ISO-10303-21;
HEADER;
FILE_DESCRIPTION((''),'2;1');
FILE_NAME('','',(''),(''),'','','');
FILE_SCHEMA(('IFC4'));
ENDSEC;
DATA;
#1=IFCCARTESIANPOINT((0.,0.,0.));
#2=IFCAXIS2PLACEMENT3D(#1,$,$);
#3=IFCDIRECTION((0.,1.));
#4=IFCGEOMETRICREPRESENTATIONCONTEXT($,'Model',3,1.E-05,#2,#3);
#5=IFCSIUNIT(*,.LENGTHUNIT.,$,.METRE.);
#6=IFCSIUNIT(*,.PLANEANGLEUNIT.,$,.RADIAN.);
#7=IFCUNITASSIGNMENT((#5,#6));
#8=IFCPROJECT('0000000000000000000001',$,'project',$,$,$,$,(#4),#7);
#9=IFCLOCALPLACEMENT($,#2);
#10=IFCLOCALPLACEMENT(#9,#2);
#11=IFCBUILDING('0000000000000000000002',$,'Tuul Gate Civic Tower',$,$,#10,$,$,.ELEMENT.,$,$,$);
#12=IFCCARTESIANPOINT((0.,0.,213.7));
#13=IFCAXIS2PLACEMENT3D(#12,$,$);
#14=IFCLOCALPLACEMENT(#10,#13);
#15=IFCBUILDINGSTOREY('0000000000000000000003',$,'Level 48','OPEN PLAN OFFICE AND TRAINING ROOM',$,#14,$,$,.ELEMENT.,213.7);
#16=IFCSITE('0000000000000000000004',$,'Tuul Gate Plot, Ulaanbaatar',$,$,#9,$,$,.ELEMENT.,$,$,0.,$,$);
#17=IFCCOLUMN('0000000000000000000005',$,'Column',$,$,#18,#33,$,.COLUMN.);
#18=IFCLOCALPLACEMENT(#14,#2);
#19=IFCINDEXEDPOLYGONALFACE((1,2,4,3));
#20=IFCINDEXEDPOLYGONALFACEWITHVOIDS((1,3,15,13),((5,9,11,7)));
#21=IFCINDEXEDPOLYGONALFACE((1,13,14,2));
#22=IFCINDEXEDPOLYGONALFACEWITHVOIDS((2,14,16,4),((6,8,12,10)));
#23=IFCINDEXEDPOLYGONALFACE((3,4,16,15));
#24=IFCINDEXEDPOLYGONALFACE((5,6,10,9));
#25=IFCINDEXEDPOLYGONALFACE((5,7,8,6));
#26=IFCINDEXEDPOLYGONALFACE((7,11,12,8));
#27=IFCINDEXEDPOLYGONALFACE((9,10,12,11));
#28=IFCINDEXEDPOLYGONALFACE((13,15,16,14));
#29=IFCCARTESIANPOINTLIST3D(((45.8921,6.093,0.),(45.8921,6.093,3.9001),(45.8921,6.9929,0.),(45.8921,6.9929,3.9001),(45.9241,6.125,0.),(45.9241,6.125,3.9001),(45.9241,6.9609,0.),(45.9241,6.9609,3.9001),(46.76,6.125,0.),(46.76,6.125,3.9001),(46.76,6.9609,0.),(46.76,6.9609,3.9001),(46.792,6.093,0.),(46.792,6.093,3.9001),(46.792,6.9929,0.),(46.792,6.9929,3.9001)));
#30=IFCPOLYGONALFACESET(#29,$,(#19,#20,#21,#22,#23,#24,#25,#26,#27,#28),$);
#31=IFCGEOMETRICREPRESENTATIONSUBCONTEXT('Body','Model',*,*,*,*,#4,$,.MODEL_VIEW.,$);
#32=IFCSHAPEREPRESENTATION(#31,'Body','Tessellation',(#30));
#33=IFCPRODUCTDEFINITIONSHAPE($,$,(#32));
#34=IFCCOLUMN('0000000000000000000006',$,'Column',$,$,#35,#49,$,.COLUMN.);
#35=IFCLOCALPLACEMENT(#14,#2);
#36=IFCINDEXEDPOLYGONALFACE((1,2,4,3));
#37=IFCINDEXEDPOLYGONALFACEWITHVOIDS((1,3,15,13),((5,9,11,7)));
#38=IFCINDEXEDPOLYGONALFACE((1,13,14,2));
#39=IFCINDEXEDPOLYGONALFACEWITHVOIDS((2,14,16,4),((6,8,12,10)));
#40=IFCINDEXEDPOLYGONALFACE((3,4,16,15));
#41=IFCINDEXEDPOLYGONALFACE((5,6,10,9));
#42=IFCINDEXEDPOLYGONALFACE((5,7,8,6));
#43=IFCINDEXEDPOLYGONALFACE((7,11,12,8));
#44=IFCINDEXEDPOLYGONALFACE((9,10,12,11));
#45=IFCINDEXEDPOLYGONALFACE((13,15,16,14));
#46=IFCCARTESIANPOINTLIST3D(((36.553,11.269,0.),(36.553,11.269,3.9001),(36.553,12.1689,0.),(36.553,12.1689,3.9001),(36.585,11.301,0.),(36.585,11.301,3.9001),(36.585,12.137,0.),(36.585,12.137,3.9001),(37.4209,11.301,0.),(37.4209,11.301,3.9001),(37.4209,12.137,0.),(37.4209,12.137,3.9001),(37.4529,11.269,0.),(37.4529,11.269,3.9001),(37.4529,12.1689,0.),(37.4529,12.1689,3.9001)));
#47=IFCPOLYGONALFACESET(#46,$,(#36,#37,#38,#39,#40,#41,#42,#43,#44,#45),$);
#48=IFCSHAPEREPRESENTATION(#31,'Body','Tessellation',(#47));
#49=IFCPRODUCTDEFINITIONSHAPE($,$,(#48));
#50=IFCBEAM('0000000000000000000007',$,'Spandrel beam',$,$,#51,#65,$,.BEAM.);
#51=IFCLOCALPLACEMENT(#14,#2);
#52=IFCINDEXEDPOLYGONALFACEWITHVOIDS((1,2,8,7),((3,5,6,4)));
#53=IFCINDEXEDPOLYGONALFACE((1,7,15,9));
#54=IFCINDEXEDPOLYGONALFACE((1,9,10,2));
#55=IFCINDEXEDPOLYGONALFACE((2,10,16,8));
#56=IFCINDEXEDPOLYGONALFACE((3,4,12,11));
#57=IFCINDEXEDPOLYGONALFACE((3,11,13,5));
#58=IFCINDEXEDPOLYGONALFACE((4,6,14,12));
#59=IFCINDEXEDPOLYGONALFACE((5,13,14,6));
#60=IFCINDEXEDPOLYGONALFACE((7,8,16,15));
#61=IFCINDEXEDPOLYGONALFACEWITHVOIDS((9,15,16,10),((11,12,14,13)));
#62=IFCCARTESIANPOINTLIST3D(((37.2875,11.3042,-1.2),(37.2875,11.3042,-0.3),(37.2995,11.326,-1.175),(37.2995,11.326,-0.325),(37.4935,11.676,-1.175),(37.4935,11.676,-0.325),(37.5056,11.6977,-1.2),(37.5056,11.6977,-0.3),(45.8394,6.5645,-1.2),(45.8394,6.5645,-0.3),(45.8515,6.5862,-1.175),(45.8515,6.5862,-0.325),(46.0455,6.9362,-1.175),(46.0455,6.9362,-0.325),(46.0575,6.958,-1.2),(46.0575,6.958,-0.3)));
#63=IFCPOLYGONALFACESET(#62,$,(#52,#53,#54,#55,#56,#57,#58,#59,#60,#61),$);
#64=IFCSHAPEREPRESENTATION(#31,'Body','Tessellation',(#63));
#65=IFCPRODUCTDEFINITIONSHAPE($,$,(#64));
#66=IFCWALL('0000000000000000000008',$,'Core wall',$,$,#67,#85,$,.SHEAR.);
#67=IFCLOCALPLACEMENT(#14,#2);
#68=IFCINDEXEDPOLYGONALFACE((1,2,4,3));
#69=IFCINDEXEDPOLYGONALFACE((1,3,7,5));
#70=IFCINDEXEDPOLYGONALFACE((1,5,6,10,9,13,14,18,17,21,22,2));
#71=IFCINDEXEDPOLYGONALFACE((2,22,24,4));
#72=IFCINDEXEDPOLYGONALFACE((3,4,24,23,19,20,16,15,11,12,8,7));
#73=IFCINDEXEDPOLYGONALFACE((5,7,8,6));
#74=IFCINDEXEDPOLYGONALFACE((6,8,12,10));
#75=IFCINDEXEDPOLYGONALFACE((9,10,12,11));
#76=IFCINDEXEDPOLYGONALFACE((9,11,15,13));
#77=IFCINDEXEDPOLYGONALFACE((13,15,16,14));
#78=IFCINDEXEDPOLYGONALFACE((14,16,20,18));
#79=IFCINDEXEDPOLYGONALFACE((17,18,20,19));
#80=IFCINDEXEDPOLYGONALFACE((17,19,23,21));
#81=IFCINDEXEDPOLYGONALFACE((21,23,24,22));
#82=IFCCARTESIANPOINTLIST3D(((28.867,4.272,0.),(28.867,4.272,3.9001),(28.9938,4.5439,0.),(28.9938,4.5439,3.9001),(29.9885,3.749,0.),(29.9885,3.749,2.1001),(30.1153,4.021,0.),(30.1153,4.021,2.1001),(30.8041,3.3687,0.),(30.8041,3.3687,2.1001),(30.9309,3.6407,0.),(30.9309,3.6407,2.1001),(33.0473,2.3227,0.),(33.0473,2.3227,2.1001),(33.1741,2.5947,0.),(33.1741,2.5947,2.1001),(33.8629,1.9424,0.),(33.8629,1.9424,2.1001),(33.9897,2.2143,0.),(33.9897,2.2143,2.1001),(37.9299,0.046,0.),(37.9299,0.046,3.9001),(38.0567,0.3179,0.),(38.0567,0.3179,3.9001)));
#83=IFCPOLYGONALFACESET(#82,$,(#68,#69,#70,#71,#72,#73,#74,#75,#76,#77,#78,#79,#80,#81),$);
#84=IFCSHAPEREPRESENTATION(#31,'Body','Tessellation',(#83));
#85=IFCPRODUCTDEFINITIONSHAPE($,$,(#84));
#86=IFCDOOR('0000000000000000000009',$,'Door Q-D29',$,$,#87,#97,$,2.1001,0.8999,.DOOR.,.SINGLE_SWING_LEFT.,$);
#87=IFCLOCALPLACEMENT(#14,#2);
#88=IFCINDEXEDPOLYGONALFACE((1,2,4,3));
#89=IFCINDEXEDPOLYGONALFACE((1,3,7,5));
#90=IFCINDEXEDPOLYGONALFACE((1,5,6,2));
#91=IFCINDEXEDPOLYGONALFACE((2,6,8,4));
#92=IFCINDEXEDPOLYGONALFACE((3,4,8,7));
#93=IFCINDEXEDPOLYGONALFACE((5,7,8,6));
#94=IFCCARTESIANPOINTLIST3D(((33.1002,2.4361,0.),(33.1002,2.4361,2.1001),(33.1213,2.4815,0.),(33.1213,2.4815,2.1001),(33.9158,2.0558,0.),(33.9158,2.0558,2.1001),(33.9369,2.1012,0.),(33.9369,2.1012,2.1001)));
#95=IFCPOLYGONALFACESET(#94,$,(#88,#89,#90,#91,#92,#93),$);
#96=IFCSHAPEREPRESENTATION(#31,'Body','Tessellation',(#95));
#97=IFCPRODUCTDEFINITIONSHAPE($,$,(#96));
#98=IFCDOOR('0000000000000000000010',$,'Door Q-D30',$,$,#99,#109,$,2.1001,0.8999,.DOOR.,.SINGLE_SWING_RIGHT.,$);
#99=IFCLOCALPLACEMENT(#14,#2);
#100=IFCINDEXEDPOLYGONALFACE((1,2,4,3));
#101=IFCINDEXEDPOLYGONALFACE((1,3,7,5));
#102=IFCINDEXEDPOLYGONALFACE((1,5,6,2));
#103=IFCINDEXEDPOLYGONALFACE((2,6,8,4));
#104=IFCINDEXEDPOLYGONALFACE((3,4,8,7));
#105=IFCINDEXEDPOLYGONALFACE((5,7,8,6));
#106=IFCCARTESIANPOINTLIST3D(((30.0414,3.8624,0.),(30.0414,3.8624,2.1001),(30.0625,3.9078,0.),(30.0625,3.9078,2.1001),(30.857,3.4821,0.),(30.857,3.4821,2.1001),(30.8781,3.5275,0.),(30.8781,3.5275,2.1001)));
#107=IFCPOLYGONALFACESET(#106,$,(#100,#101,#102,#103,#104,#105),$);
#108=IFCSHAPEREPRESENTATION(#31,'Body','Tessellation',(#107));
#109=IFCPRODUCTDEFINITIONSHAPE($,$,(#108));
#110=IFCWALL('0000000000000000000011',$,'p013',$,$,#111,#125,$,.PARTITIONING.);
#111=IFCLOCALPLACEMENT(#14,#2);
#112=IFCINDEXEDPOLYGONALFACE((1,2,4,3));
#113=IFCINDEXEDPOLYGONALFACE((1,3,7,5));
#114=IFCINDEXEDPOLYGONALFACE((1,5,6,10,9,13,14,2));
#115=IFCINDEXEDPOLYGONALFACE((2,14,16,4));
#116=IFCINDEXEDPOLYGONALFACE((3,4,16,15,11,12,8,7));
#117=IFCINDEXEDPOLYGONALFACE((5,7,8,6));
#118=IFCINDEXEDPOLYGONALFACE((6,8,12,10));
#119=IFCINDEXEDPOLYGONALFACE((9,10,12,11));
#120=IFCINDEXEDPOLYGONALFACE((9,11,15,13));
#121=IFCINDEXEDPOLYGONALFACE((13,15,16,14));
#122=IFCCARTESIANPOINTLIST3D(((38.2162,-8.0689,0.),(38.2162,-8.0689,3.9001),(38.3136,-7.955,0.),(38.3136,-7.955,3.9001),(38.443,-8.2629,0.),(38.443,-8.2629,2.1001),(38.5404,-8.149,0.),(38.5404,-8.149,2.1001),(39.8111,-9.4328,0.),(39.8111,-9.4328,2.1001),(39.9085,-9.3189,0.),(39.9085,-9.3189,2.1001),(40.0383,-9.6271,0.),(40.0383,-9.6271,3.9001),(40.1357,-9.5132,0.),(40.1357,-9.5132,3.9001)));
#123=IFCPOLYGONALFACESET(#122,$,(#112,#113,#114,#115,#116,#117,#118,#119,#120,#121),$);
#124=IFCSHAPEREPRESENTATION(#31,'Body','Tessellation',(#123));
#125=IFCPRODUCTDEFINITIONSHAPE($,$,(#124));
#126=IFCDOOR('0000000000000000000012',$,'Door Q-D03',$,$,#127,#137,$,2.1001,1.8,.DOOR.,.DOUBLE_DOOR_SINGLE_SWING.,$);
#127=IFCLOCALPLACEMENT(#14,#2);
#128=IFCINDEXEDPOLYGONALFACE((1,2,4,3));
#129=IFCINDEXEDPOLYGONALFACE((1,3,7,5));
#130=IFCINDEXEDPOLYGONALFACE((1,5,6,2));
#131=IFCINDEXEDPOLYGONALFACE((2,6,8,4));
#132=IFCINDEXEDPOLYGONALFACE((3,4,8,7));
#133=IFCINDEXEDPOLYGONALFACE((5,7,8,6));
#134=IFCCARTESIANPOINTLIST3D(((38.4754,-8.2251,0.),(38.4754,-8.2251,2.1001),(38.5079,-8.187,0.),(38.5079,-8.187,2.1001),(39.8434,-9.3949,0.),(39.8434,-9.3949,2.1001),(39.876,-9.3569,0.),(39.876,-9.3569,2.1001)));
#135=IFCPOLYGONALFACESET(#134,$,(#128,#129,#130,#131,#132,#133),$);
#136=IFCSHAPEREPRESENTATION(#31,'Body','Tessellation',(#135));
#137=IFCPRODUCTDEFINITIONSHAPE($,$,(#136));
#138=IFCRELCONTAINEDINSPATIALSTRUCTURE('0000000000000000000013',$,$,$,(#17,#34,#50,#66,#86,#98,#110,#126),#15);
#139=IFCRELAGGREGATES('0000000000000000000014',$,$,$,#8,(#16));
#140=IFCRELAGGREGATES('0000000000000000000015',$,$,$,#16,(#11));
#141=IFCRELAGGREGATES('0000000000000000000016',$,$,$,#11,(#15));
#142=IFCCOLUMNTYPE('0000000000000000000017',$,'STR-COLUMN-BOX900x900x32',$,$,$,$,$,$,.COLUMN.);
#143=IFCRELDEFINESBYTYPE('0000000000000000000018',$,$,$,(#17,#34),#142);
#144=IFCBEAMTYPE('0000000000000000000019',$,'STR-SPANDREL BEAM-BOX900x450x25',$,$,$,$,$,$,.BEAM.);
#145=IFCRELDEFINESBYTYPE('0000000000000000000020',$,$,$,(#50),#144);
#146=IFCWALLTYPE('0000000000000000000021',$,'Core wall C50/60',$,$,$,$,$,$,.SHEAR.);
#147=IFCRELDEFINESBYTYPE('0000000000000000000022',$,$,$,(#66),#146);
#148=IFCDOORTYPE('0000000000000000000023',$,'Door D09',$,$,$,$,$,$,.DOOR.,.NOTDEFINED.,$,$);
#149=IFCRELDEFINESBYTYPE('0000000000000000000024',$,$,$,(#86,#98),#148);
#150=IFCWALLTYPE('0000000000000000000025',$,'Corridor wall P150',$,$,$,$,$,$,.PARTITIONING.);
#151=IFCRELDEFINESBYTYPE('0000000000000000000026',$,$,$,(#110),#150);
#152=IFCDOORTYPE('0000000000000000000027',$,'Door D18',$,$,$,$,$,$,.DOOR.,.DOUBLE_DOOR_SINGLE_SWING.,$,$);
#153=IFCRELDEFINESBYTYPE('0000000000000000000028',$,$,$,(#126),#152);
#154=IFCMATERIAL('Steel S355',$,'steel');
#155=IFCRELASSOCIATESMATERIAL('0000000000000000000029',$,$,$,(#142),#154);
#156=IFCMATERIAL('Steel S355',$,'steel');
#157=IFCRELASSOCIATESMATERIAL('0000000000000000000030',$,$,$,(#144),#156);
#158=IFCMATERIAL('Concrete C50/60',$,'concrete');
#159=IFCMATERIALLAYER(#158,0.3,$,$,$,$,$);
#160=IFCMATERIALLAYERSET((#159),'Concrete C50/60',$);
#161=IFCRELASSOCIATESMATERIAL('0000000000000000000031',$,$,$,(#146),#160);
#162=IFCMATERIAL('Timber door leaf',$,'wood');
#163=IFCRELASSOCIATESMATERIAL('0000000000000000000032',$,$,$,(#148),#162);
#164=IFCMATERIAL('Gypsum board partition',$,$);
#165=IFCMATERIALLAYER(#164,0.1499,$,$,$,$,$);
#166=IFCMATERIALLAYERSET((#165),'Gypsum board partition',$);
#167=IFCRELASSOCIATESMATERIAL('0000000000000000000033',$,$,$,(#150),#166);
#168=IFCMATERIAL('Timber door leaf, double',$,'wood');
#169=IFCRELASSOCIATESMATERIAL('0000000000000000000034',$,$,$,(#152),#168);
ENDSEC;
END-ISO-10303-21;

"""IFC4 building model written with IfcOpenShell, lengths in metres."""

from ifc_helpers import new_model, si_unit, direction, frame, frame_2d, origin, origin_2d, place, context, subcontext, project, spatial, rectangle, hollow_rectangle, extrude, material, layer, layer_set, material_profile, profile_set, type_object, element, fill, save


model = new_model("IFC4")

# Units and contexts
model_context = context("Model", 3, precision=1e-05, world=origin(), true_north=direction((0.0, 1.0)))
body_context = subcontext(model_context, "Body", "Model", "MODEL_VIEW")
ifc_project = project(units=[si_unit("LENGTHUNIT", "METRE"), si_unit("PLANEANGLEUNIT", "RADIAN")], contexts=[model_context])

# Site, building, storey
site_placement = place(None, origin())
site = spatial("IfcSite", under=ifc_project, at=site_placement, Name="Tuul Gate Plot, Ulaanbaatar", CompositionType="ELEMENT", RefElevation=0.0)
building_placement = place(site_placement, origin())
building = spatial("IfcBuilding", under=site, at=building_placement, Name="Tuul Gate Civic Tower", CompositionType="ELEMENT")
storey_placement = place(building_placement, frame((0.0, 0.0, 213.7)))
storey = spatial("IfcBuildingStorey", under=building, at=storey_placement, Name="Level 48", Description="OPEN PLAN OFFICE AND TRAINING ROOM", CompositionType="ELEMENT", Elevation=213.7)

# Columns
ifc_material_1 = material(Name="Steel S355", Category="steel")
ifc_material_profile_1 = material_profile(ifc_material_1, hollow_rectangle(XDim=0.8999, YDim=0.8999, WallThickness=0.032, at=origin_2d()), Name="BOX900x900x32")
ifc_profile_set_1 = profile_set([ifc_material_profile_1], Name="Steel S355")
column_type = type_object("IfcColumnType", Name="STR-COLUMN-BOX900x900x32", PredefinedType="COLUMN", material=ifc_profile_set_1)
for number, where, z_axis, x_axis, name in (
    (1, (46.342, 6.543, 0.0), (0.0, 0.0, 1.0), (1.0, 0.0, 0.0), "Column"),
    (2, (37.0029, 11.719, 0.0), (0.0, 0.0, 1.0), (1.0, 0.0, 0.0), "Column"),
):
    element("IfcColumn", number, at=place(storey_placement, frame(where, z_axis=z_axis, x_axis=x_axis)), inside=storey, type_object=column_type, Name=name, PredefinedType="COLUMN", context=body_context, shape_type="SweptSolid", body=[
        extrude(hollow_rectangle(XDim=0.8999, YDim=0.8999, WallThickness=0.032, at=origin_2d()), origin(), (0.0, 0.0, 1.0), 3.9001),
    ])

# Beam
ifc_material_2 = material(Name="Steel S355", Category="steel")
ifc_material_profile_2 = material_profile(ifc_material_2, hollow_rectangle(XDim=0.45, YDim=0.8999, WallThickness=0.0249, at=origin_2d()), Name="BOX900x450x25")
ifc_profile_set_2 = profile_set([ifc_material_profile_2], Name="Steel S355")
beam_type = type_object("IfcBeamType", Name="STR-SPANDREL BEAM-BOX900x450x25", PredefinedType="BEAM", material=ifc_profile_set_2)
beam_placement = place(storey_placement, frame((45.9485, 6.7612, -0.75), z_axis=(-0.87465, 0.484754, 0.0), x_axis=(-0.484754, -0.87465, 0.0)))
element("IfcBeam", 3, at=beam_placement, inside=storey, type_object=beam_type, Name="Spandrel beam", PredefinedType="BEAM", context=body_context, shape_type="SweptSolid", body=[
    extrude(hollow_rectangle(XDim=0.45, YDim=0.8999, WallThickness=0.0249, at=origin_2d()), origin(), (0.0, 0.0, 1.0), 9.7776),
])

# Wall, openings, doors
ifc_material_3 = material(Name="Concrete C50/60", Category="concrete")
ifc_layer_1 = layer(ifc_material_3, 0.3)
ifc_layer_set_1 = layer_set([ifc_layer_1], Name="Concrete C50/60")
wall_type_1 = type_object("IfcWallType", Name="Core wall C50/60", PredefinedType="SHEAR", material=ifc_layer_set_1)
wall_1_placement = place(storey_placement, frame((37.9934, 0.1819, 0.0), z_axis=(0.0, 0.0, 1.0), x_axis=(-0.90631, 0.422613, 0.0)))
wall_1 = element("IfcWall", 4, at=wall_1_placement, inside=storey, type_object=wall_type_1, Name="Core wall", PredefinedType="SHEAR", context=body_context, shape_type="SweptSolid", body=[
    extrude(rectangle(XDim=9.9998, YDim=0.3, at=frame_2d((5.0, 0.0))), origin(), (0.0, 0.0, 1.0), 3.9001),
])
opening_1_placement = place(wall_1_placement, frame((4.4875, 0.0, 0.0)))
opening_1 = element("IfcOpeningElement", 5, at=opening_1_placement, cuts=wall_1, PredefinedType="OPENING", context=body_context, shape_type="SweptSolid", body=[
    extrude(rectangle(XDim=0.8999, YDim=2.1001, at=frame_2d((0.45, 1.05))), frame((0.0, 0.1602, 0.0), z_axis=(0.0, -1.0, 0.0), x_axis=(1.0, 0.0, 0.0)), (0.0, 0.0, 1.0), 0.3201),
])
opening_2_placement = place(wall_1_placement, frame((7.8625, 0.0, 0.0)))
opening_2 = element("IfcOpeningElement", 6, at=opening_2_placement, cuts=wall_1, PredefinedType="OPENING", context=body_context, shape_type="SweptSolid", body=[
    extrude(rectangle(XDim=0.8999, YDim=2.1001, at=frame_2d((0.45, 1.05))), frame((0.0, 0.1602, 0.0), z_axis=(0.0, -1.0, 0.0), x_axis=(1.0, 0.0, 0.0)), (0.0, 0.0, 1.0), 0.3201),
])
ifc_material_4 = material(Name="Timber door leaf", Category="wood")
door_type_1 = type_object("IfcDoorType", Name="Door D09", OperationType="NOTDEFINED", PredefinedType="DOOR", material=ifc_material_4)
door_1_placement = place(opening_1_placement, origin())
door_1 = element("IfcDoor", 7, at=door_1_placement, inside=storey, type_object=door_type_1, Name="Door Q-D29", OperationType="SINGLE_SWING_LEFT", OverallHeight=2.1001, OverallWidth=0.8999, PredefinedType="DOOR", context=body_context, shape_type="SweptSolid", body=[
    extrude(rectangle(XDim=0.8999, YDim=2.1001, at=frame_2d((0.45, 1.05))), frame((0.0, 0.0249, 0.0), z_axis=(0.0, -1.0, 0.0), x_axis=(1.0, 0.0, 0.0)), (0.0, 0.0, 1.0), 0.05),
])
fill(opening_1, door_1)
door_2_placement = place(opening_2_placement, origin())
door_2 = element("IfcDoor", 8, at=door_2_placement, inside=storey, type_object=door_type_1, Name="Door Q-D30", OperationType="SINGLE_SWING_RIGHT", OverallHeight=2.1001, OverallWidth=0.8999, PredefinedType="DOOR", context=body_context, shape_type="SweptSolid", body=[
    extrude(rectangle(XDim=0.8999, YDim=2.1001, at=frame_2d((0.45, 1.05))), frame((0.0, 0.0249, 0.0), z_axis=(0.0, -1.0, 0.0), x_axis=(1.0, 0.0, 0.0)), (0.0, 0.0, 1.0), 0.05),
])
fill(opening_2, door_2)

# Wall, opening, door
ifc_material_5 = material(Name="Gypsum board partition")
ifc_layer_2 = layer(ifc_material_5, 0.1499)
ifc_layer_set_2 = layer_set([ifc_layer_2], Name="Gypsum board partition")
wall_type_2 = type_object("IfcWallType", Name="Corridor wall P150", PredefinedType="PARTITIONING", material=ifc_layer_set_2)
wall_2_placement = place(storey_placement, frame((38.2649, -8.012, 0.0), z_axis=(0.0, 0.0, 1.0), x_axis=(0.760004, -0.649919, 0.0)))
wall_2 = element("IfcWall", 9, at=wall_2_placement, inside=storey, type_object=wall_type_2, Name="p013", PredefinedType="PARTITIONING", context=body_context, shape_type="SweptSolid", body=[
    extrude(rectangle(XDim=2.3975, YDim=0.1499, at=frame_2d((1.1987, 0.0))), origin(), (0.0, 0.0, 1.0), 3.9001),
])
opening_3_placement = place(wall_2_placement, frame((0.2986, 0.0, 0.0)))
opening_3 = element("IfcOpeningElement", 10, at=opening_3_placement, cuts=wall_2, PredefinedType="OPENING", context=body_context, shape_type="SweptSolid", body=[
    extrude(rectangle(XDim=1.8, YDim=2.1001, at=frame_2d((0.8999, 1.05))), frame((0.0, 0.085, 0.0), z_axis=(0.0, -1.0, 0.0), x_axis=(1.0, 0.0, 0.0)), (0.0, 0.0, 1.0), 0.1699),
])
ifc_material_6 = material(Name="Timber door leaf, double", Category="wood")
door_type_2 = type_object("IfcDoorType", Name="Door D18", OperationType="DOUBLE_DOOR_SINGLE_SWING", PredefinedType="DOOR", material=ifc_material_6)
door_3_placement = place(opening_3_placement, origin())
door_3 = element("IfcDoor", 11, at=door_3_placement, inside=storey, type_object=door_type_2, Name="Door Q-D03", OperationType="DOUBLE_DOOR_SINGLE_SWING", OverallHeight=2.1001, OverallWidth=1.8, PredefinedType="DOOR", context=body_context, shape_type="SweptSolid", body=[
    extrude(rectangle(XDim=1.8, YDim=2.1001, at=frame_2d((0.8999, 1.05))), frame((0.0, 0.0249, 0.0), z_axis=(0.0, -1.0, 0.0), x_axis=(1.0, 0.0, 0.0)), (0.0, 0.0, 1.0), 0.05),
])
fill(opening_3, door_3)

save(model, "model.ifc")
